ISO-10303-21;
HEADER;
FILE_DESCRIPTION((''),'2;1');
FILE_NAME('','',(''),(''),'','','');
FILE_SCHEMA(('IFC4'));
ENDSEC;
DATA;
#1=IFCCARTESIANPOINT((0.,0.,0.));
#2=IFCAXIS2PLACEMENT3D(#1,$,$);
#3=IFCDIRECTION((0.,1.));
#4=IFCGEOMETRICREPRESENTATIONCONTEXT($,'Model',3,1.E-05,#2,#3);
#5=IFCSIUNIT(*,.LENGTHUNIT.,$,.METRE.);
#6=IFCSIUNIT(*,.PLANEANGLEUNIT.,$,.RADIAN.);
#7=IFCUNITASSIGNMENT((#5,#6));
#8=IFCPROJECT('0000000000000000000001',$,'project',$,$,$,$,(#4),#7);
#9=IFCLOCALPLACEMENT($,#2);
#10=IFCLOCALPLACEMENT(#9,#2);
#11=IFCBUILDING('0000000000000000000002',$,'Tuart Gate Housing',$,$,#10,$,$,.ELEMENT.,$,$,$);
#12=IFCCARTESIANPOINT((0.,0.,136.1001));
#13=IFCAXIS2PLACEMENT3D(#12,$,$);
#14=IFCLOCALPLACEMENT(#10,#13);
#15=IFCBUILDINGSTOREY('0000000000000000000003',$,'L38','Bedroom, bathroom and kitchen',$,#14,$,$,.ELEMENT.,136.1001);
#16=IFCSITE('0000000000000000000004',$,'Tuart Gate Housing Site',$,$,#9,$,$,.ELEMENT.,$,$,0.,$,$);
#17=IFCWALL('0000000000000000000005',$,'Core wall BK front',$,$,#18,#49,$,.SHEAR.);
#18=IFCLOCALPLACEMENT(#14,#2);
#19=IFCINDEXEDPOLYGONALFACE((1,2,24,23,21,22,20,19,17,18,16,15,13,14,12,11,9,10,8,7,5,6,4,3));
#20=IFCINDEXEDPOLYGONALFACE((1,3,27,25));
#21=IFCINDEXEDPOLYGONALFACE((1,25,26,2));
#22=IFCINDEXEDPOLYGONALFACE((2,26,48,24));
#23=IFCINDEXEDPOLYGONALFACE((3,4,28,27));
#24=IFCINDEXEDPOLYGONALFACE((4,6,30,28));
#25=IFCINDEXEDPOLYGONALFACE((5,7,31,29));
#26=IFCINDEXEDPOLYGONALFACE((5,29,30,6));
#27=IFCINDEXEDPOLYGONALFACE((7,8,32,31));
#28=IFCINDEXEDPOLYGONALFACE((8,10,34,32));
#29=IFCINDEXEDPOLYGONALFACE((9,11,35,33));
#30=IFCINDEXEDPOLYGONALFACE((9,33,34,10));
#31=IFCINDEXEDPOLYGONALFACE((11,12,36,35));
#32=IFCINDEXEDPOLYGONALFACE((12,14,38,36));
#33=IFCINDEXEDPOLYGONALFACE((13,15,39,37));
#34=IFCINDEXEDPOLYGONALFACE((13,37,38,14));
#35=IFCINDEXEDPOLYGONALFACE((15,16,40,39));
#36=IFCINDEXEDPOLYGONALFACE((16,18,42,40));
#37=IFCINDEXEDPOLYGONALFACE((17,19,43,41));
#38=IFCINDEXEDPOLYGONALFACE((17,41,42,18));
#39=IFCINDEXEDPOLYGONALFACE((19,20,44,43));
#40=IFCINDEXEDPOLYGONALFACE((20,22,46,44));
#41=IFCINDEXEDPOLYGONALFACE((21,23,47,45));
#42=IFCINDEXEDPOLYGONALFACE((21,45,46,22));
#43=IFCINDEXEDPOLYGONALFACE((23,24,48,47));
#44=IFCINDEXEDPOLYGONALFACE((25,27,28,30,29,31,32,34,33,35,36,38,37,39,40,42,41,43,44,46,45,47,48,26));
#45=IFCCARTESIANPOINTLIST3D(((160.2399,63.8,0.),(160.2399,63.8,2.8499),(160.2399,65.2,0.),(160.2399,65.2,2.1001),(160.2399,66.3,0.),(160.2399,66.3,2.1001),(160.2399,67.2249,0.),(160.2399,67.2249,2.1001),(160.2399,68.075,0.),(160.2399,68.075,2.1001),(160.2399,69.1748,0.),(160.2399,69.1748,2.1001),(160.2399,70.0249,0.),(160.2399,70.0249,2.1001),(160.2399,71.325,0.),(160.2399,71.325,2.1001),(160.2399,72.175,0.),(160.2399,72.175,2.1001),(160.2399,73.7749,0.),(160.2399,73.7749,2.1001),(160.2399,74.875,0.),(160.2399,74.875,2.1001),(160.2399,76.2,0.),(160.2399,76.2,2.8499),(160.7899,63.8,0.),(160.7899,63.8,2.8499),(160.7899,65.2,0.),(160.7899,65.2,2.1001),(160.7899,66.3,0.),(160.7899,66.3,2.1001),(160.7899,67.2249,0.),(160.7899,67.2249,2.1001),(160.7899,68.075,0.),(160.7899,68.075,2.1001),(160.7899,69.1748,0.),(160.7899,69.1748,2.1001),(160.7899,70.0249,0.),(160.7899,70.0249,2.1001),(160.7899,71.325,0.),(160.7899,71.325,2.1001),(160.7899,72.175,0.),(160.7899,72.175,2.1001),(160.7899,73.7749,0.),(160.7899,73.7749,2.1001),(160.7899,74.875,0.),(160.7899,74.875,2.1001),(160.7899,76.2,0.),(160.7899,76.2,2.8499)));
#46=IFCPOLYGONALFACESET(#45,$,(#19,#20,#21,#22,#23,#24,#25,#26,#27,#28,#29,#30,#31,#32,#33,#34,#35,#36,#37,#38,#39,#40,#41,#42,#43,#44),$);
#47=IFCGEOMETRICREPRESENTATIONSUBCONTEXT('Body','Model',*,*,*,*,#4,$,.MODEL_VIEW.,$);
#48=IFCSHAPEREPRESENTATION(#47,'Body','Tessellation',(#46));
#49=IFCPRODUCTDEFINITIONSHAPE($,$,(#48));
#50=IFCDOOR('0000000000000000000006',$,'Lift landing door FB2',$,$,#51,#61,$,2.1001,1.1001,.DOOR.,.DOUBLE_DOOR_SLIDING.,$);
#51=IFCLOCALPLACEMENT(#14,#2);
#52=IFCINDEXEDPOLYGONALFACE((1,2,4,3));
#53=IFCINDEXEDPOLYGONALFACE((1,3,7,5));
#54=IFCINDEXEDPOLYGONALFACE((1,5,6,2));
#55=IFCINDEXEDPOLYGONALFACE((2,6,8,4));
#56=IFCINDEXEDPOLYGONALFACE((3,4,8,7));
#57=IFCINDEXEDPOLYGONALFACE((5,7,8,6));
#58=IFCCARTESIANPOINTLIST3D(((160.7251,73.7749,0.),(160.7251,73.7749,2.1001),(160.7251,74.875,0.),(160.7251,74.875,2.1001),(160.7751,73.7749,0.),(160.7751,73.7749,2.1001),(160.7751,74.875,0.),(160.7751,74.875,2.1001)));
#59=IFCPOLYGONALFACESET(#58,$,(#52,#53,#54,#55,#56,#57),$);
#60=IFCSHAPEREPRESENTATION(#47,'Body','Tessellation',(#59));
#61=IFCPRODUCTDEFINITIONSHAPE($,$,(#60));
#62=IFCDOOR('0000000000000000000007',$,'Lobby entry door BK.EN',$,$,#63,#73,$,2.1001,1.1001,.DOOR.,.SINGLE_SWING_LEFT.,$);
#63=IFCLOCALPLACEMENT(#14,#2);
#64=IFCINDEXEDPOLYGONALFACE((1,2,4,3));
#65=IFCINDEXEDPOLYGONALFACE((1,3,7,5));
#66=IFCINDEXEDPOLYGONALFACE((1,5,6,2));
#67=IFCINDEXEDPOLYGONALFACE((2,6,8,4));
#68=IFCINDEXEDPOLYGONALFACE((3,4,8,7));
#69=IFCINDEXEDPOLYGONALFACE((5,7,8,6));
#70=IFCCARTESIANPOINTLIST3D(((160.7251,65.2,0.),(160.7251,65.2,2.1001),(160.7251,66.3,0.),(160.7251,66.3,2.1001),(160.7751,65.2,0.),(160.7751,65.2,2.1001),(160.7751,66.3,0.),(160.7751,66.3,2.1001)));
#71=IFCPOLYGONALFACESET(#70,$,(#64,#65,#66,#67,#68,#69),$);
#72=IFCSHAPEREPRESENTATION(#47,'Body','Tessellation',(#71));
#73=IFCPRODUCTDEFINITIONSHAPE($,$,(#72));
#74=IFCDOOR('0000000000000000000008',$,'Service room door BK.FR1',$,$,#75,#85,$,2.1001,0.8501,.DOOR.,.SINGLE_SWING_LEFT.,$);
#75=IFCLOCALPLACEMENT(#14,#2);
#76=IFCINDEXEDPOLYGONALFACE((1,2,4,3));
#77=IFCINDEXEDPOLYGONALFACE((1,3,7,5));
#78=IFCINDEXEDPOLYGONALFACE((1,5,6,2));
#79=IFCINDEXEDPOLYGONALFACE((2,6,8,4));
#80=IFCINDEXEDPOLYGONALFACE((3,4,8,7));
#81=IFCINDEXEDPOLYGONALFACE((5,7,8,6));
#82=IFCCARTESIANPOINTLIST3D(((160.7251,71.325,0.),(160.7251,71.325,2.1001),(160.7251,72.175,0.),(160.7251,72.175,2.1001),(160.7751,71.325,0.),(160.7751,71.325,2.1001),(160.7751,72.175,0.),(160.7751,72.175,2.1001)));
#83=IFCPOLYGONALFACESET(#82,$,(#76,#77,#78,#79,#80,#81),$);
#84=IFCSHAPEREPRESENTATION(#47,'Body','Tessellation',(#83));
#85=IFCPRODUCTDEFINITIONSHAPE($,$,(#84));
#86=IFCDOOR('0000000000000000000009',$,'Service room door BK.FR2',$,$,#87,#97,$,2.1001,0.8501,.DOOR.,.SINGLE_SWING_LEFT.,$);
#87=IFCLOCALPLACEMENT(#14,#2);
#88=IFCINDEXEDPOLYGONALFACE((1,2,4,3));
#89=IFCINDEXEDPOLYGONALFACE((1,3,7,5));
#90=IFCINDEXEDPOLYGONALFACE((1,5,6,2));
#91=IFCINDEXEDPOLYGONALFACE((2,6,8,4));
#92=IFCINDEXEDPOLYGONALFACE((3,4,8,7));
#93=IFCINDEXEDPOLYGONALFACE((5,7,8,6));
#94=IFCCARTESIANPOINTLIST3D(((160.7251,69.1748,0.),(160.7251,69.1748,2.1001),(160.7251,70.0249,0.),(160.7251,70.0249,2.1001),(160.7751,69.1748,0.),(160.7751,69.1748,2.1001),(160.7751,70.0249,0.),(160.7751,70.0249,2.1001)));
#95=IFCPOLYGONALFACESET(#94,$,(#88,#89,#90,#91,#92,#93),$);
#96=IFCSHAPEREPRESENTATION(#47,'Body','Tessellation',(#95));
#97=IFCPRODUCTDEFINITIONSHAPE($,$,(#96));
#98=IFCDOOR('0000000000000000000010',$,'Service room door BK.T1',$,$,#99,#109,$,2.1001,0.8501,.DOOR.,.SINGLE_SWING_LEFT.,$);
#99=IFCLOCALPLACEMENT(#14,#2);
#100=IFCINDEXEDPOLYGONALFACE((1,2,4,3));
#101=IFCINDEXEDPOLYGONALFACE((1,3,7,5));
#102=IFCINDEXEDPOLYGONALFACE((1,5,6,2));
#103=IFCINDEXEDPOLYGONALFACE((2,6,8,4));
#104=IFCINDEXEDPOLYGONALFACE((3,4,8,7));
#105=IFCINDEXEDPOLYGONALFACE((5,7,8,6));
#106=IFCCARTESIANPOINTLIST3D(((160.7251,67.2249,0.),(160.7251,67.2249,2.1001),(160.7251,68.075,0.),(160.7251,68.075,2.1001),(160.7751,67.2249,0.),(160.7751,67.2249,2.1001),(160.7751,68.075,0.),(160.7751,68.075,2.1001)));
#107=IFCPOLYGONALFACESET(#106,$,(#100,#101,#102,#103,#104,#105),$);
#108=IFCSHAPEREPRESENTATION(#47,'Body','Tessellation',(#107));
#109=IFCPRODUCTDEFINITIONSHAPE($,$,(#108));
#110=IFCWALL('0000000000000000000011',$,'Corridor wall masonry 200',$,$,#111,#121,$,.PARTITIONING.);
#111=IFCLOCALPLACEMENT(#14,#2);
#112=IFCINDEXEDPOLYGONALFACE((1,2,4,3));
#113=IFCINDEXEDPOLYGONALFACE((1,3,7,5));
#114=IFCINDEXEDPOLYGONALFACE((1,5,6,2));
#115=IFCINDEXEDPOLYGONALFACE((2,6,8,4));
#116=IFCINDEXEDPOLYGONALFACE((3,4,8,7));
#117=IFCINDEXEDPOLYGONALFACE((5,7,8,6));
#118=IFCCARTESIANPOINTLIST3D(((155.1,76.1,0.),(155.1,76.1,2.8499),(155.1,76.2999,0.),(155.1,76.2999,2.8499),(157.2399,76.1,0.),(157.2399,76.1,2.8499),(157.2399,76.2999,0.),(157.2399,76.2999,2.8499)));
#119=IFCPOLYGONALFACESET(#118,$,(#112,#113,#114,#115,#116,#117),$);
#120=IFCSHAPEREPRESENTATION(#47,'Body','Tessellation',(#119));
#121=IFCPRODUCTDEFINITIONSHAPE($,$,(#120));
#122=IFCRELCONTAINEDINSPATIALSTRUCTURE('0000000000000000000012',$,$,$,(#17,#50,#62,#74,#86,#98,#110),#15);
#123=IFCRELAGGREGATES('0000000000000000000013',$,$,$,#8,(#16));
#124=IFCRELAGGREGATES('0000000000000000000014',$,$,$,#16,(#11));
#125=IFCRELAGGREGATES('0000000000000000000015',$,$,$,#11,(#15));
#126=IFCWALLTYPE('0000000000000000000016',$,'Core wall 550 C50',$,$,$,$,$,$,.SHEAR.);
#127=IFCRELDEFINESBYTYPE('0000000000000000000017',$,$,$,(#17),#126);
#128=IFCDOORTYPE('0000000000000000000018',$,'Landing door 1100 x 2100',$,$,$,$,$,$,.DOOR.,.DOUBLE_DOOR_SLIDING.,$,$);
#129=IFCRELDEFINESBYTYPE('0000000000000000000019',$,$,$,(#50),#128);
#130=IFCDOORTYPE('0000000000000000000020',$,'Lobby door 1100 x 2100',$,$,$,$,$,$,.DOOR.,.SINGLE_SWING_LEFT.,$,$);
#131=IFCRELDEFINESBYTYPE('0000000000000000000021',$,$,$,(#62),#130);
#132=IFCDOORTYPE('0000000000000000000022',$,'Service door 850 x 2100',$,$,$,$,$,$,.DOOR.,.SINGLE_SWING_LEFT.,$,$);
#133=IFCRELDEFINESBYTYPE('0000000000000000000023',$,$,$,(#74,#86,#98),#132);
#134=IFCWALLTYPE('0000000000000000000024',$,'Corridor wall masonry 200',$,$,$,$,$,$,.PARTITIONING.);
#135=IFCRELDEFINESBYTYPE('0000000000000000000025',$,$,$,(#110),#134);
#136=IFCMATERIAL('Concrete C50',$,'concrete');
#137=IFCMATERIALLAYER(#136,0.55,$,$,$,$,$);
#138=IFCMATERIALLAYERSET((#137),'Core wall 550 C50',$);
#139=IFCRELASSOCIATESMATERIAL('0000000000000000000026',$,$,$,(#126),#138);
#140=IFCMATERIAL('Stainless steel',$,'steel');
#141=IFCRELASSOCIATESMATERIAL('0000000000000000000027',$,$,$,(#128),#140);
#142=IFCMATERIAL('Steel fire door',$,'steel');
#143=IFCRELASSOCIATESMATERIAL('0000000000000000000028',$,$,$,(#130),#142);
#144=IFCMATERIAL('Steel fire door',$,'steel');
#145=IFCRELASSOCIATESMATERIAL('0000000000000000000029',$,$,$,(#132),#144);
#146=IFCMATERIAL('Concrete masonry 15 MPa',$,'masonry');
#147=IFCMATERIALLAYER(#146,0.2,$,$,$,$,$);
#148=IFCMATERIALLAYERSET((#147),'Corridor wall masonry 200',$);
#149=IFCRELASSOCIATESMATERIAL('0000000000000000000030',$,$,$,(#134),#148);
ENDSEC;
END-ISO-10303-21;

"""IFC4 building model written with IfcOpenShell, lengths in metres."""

from ifc_helpers import new_model, si_unit, direction, frame, frame_2d, origin, place, context, subcontext, project, spatial, rectangle, extrude, material, layer, layer_set, type_object, element, fill, save


model = new_model("IFC4")

# Units and contexts
model_context = context("Model", 3, precision=1e-05, world=origin(), true_north=direction((0.0, 1.0)))
body_context = subcontext(model_context, "Body", "Model", "MODEL_VIEW")
ifc_project = project(units=[si_unit("LENGTHUNIT", "METRE"), si_unit("PLANEANGLEUNIT", "RADIAN")], contexts=[model_context])

# Site, building, storey
site_placement = place(None, origin())
site = spatial("IfcSite", under=ifc_project, at=site_placement, Name="Tuart Gate Housing Site", CompositionType="ELEMENT", RefElevation=0.0)
building_placement = place(site_placement, origin())
building = spatial("IfcBuilding", under=site, at=building_placement, Name="Tuart Gate Housing", CompositionType="ELEMENT")
storey_placement = place(building_placement, frame((0.0, 0.0, 136.1001)))
storey = spatial("IfcBuildingStorey", under=building, at=storey_placement, Name="L38", Description="Bedroom, bathroom and kitchen", CompositionType="ELEMENT", Elevation=136.1001)

# Wall, openings, doors
ifc_material_1 = material(Name="Concrete C50", Category="concrete")
ifc_layer_1 = layer(ifc_material_1, 0.55)
ifc_layer_set_1 = layer_set([ifc_layer_1], Name="Core wall 550 C50")
wall_type_1 = type_object("IfcWallType", Name="Core wall 550 C50", PredefinedType="SHEAR", material=ifc_layer_set_1)
wall_1_placement = place(storey_placement, frame((160.5149, 76.2, 0.0), z_axis=(0.0, 0.0, 1.0), x_axis=(0.0, -1.0, 0.0)))
wall_1 = element("IfcWall", 1, at=wall_1_placement, inside=storey, type_object=wall_type_1, Name="Core wall BK front", PredefinedType="SHEAR", context=body_context, shape_type="SweptSolid", body=[
    extrude(rectangle(XDim=12.3999, YDim=0.55, at=frame_2d((6.2, 0.0))), origin(), (0.0, 0.0, 1.0), 2.8499),
])
opening_1_placement = place(wall_1_placement, frame((1.325, 0.0, 0.0)))
opening_1 = element("IfcOpeningElement", 2, at=opening_1_placement, cuts=wall_1, PredefinedType="OPENING", context=body_context, shape_type="SweptSolid", body=[
    extrude(rectangle(XDim=1.1001, YDim=2.1001, at=frame_2d((0.55, 1.05))), frame((0.0, 0.2849, 0.0), z_axis=(0.0, -1.0, 0.0), x_axis=(1.0, 0.0, 0.0)), (0.0, 0.0, 1.0), 0.5701),
])
opening_2_placement = place(wall_1_placement, frame((4.0249, 0.0, 0.0)))
opening_2 = element("IfcOpeningElement", 3, at=opening_2_placement, cuts=wall_1, PredefinedType="OPENING", context=body_context, shape_type="SweptSolid", body=[
    extrude(rectangle(XDim=0.8501, YDim=2.1001, at=frame_2d((0.425, 1.05))), frame((0.0, 0.2849, 0.0), z_axis=(0.0, -1.0, 0.0), x_axis=(1.0, 0.0, 0.0)), (0.0, 0.0, 1.0), 0.5701),
])
opening_3_placement = place(wall_1_placement, frame((6.175, 0.0, 0.0)))
opening_3 = element("IfcOpeningElement", 4, at=opening_3_placement, cuts=wall_1, PredefinedType="OPENING", context=body_context, shape_type="SweptSolid", body=[
    extrude(rectangle(XDim=0.8501, YDim=2.1001, at=frame_2d((0.425, 1.05))), frame((0.0, 0.2849, 0.0), z_axis=(0.0, -1.0, 0.0), x_axis=(1.0, 0.0, 0.0)), (0.0, 0.0, 1.0), 0.5701),
])
opening_4_placement = place(wall_1_placement, frame((9.8999, 0.0, 0.0)))
opening_4 = element("IfcOpeningElement", 5, at=opening_4_placement, cuts=wall_1, PredefinedType="OPENING", context=body_context, shape_type="SweptSolid", body=[
    extrude(rectangle(XDim=1.1001, YDim=2.1001, at=frame_2d((0.55, 1.05))), frame((0.0, 0.2849, 0.0), z_axis=(0.0, -1.0, 0.0), x_axis=(1.0, 0.0, 0.0)), (0.0, 0.0, 1.0), 0.5701),
])
opening_5_placement = place(wall_1_placement, frame((8.125, 0.0, 0.0)))
opening_5 = element("IfcOpeningElement", 6, at=opening_5_placement, cuts=wall_1, PredefinedType="OPENING", context=body_context, shape_type="SweptSolid", body=[
    extrude(rectangle(XDim=0.8501, YDim=2.1001, at=frame_2d((0.425, 1.05))), frame((0.0, 0.2849, 0.0), z_axis=(0.0, -1.0, 0.0), x_axis=(1.0, 0.0, 0.0)), (0.0, 0.0, 1.0), 0.5701),
])
ifc_material_2 = material(Name="Stainless steel", Category="steel")
door_type_1 = type_object("IfcDoorType", Name="Landing door 1100 x 2100", OperationType="DOUBLE_DOOR_SLIDING", PredefinedType="DOOR", material=ifc_material_2)
door_1_placement = place(opening_1_placement, origin())
door_1 = element("IfcDoor", 7, at=door_1_placement, inside=storey, type_object=door_type_1, Name="Lift landing door FB2", OperationType="DOUBLE_DOOR_SLIDING", OverallHeight=2.1001, OverallWidth=1.1001, PredefinedType="DOOR", context=body_context, shape_type="SweptSolid", body=[
    extrude(rectangle(XDim=1.1001, YDim=2.1001, at=frame_2d((0.55, 1.05))), frame((0.0, 0.2603, 0.0), z_axis=(0.0, -1.0, 0.0), x_axis=(1.0, 0.0, 0.0)), (0.0, 0.0, 1.0), 0.05),
])
fill(opening_1, door_1)
ifc_material_3 = material(Name="Steel fire door", Category="steel")
door_type_2 = type_object("IfcDoorType", Name="Lobby door 1100 x 2100", OperationType="SINGLE_SWING_LEFT", PredefinedType="DOOR", material=ifc_material_3)
door_2_placement = place(opening_4_placement, origin())
door_2 = element("IfcDoor", 8, at=door_2_placement, inside=storey, type_object=door_type_2, Name="Lobby entry door BK.EN", OperationType="SINGLE_SWING_LEFT", OverallHeight=2.1001, OverallWidth=1.1001, PredefinedType="DOOR", context=body_context, shape_type="SweptSolid", body=[
    extrude(rectangle(XDim=1.1001, YDim=2.1001, at=frame_2d((0.55, 1.05))), frame((0.0, 0.2603, 0.0), z_axis=(0.0, -1.0, 0.0), x_axis=(1.0, 0.0, 0.0)), (0.0, 0.0, 1.0), 0.05),
])
fill(opening_4, door_2)
ifc_material_4 = material(Name="Steel fire door", Category="steel")
door_type_3 = type_object("IfcDoorType", Name="Service door 850 x 2100", OperationType="SINGLE_SWING_LEFT", PredefinedType="DOOR", material=ifc_material_4)
door_3_placement = place(opening_2_placement, origin())
door_3 = element("IfcDoor", 9, at=door_3_placement, inside=storey, type_object=door_type_3, Name="Service room door BK.FR1", OperationType="SINGLE_SWING_LEFT", OverallHeight=2.1001, OverallWidth=0.8501, PredefinedType="DOOR", context=body_context, shape_type="SweptSolid", body=[
    extrude(rectangle(XDim=0.8501, YDim=2.1001, at=frame_2d((0.425, 1.05))), frame((0.0, 0.2603, 0.0), z_axis=(0.0, -1.0, 0.0), x_axis=(1.0, 0.0, 0.0)), (0.0, 0.0, 1.0), 0.05),
])
fill(opening_2, door_3)
door_4_placement = place(opening_3_placement, origin())
door_4 = element("IfcDoor", 10, at=door_4_placement, inside=storey, type_object=door_type_3, Name="Service room door BK.FR2", OperationType="SINGLE_SWING_LEFT", OverallHeight=2.1001, OverallWidth=0.8501, PredefinedType="DOOR", context=body_context, shape_type="SweptSolid", body=[
    extrude(rectangle(XDim=0.8501, YDim=2.1001, at=frame_2d((0.425, 1.05))), frame((0.0, 0.2603, 0.0), z_axis=(0.0, -1.0, 0.0), x_axis=(1.0, 0.0, 0.0)), (0.0, 0.0, 1.0), 0.05),
])
fill(opening_3, door_4)
door_5_placement = place(opening_5_placement, origin())
door_5 = element("IfcDoor", 11, at=door_5_placement, inside=storey, type_object=door_type_3, Name="Service room door BK.T1", OperationType="SINGLE_SWING_LEFT", OverallHeight=2.1001, OverallWidth=0.8501, PredefinedType="DOOR", context=body_context, shape_type="SweptSolid", body=[
    extrude(rectangle(XDim=0.8501, YDim=2.1001, at=frame_2d((0.425, 1.05))), frame((0.0, 0.2603, 0.0), z_axis=(0.0, -1.0, 0.0), x_axis=(1.0, 0.0, 0.0)), (0.0, 0.0, 1.0), 0.05),
])
fill(opening_5, door_5)

# Wall
ifc_material_5 = material(Name="Concrete masonry 15 MPa", Category="masonry")
ifc_layer_2 = layer(ifc_material_5, 0.2)
ifc_layer_set_2 = layer_set([ifc_layer_2], Name="Corridor wall masonry 200")
wall_type_2 = type_object("IfcWallType", Name="Corridor wall masonry 200", PredefinedType="PARTITIONING", material=ifc_layer_set_2)
wall_2_placement = place(storey_placement, frame((155.1001, 76.2, 0.0), z_axis=(0.0, 0.0, 1.0), x_axis=(1.0, 0.0, 0.0)))
element("IfcWall", 12, at=wall_2_placement, inside=storey, type_object=wall_type_2, Name="Corridor wall masonry 200", PredefinedType="PARTITIONING", context=body_context, shape_type="SweptSolid", body=[
    extrude(rectangle(XDim=2.1399, YDim=0.2, at=frame_2d((1.0698, 0.0))), origin(), (0.0, 0.0, 1.0), 2.8499),
])

save(model, "model.ifc")
